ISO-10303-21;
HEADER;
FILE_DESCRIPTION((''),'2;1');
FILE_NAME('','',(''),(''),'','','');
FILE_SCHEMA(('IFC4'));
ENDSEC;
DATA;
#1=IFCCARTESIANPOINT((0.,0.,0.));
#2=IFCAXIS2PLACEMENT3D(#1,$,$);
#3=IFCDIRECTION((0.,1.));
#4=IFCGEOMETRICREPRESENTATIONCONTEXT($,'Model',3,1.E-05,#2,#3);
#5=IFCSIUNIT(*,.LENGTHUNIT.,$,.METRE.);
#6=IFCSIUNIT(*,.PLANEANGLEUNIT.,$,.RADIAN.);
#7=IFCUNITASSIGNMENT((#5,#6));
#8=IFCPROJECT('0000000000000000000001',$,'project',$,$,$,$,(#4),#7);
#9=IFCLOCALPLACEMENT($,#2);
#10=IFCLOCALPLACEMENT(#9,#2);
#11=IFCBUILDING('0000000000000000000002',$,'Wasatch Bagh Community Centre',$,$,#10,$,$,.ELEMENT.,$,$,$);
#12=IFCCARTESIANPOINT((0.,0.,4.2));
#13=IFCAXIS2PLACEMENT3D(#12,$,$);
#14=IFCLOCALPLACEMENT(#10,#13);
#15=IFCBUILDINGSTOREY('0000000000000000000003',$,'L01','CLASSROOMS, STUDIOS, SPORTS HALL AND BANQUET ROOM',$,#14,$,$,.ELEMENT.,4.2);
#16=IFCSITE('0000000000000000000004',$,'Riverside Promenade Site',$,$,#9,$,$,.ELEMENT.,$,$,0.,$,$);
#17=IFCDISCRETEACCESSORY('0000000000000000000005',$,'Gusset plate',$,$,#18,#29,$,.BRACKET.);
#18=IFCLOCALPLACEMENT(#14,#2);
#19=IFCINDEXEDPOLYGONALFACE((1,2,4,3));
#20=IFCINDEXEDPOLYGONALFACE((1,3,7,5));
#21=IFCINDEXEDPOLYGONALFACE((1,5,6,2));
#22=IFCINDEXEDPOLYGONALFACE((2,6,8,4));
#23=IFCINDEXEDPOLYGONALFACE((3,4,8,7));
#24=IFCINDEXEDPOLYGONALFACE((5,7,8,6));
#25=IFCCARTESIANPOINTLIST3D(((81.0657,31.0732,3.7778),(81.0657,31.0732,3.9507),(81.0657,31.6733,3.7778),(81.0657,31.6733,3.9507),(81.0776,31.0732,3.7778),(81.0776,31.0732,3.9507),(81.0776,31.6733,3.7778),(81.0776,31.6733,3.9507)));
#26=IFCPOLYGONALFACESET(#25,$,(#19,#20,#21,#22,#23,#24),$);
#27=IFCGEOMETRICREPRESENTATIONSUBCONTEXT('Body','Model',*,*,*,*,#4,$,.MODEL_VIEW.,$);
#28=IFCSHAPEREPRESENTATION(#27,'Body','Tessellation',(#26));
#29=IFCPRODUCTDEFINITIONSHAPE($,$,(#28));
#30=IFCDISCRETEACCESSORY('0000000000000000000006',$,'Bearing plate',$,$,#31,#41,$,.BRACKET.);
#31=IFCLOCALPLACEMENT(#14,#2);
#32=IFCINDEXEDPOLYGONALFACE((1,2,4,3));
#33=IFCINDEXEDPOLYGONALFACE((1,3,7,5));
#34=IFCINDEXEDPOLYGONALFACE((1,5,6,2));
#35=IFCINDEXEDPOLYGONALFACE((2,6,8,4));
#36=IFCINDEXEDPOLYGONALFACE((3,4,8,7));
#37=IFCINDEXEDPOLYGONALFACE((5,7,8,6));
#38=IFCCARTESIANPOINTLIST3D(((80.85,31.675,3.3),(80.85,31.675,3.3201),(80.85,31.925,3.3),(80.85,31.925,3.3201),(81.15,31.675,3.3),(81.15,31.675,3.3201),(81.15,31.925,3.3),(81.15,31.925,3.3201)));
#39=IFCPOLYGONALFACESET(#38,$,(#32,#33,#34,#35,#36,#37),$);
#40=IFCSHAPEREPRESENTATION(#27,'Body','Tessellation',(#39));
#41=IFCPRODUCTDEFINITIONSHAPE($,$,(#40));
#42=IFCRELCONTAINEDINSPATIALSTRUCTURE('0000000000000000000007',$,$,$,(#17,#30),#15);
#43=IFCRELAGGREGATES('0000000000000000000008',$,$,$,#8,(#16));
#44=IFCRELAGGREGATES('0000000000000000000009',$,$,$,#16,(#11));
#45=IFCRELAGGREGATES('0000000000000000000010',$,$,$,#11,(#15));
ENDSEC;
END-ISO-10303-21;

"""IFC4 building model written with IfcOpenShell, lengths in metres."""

from ifc_helpers import new_model, si_unit, direction, frame, origin, origin_2d, place, context, subcontext, project, spatial, polyline, rectangle, outline, extrude, element, save


model = new_model("IFC4")

# Units and contexts
model_context = context("Model", 3, precision=1e-05, world=origin(), true_north=direction((0.0, 1.0)))
body_context = subcontext(model_context, "Body", "Model", "MODEL_VIEW")
ifc_project = project(units=[si_unit("LENGTHUNIT", "METRE"), si_unit("PLANEANGLEUNIT", "RADIAN")], contexts=[model_context])

# Site, building, storey
site_placement = place(None, origin())
site = spatial("IfcSite", under=ifc_project, at=site_placement, Name="Riverside Promenade Site", CompositionType="ELEMENT", RefElevation=0.0)
building_placement = place(site_placement, origin())
building = spatial("IfcBuilding", under=site, at=building_placement, Name="Wasatch Bagh Community Centre", CompositionType="ELEMENT")
storey_placement = place(building_placement, frame((0.0, 0.0, 4.2)))
storey = spatial("IfcBuildingStorey", under=building, at=storey_placement, Name="L01", Description="CLASSROOMS, STUDIOS, SPORTS HALL AND BANQUET ROOM", CompositionType="ELEMENT", Elevation=4.2)

# Discrete accessories
discrete_accessory_1_placement = place(storey_placement, frame((81.0776, 31.0732, 3.7778), z_axis=(1.0, 0.0, 0.0), x_axis=(0.0, 1.0, 0.0)))
element("IfcDiscreteAccessory", 1, at=discrete_accessory_1_placement, inside=storey, Name="Gusset plate", PredefinedType="BRACKET", context=body_context, shape_type="SweptSolid", body=[
    extrude(outline(polyline([(0.0, 0.0), (0.6001, 0.0), (0.6001, 0.1729), (0.0, 0.1729), (0.0, 0.0)])), origin(), (0.0, 0.0, -1.0), 0.012),
])
discrete_accessory_2_placement = place(storey_placement, frame((81.0, 31.8, 3.3), z_axis=(0.0, 0.0, 1.0), x_axis=(1.0, 0.0, 0.0)))
element("IfcDiscreteAccessory", 2, at=discrete_accessory_2_placement, inside=storey, Name="Bearing plate", PredefinedType="BRACKET", context=body_context, shape_type="SweptSolid", body=[
    extrude(rectangle(XDim=0.3, YDim=0.25, at=origin_2d()), origin(), (0.0, 0.0, 1.0), 0.02),
])

save(model, "model.ifc")
